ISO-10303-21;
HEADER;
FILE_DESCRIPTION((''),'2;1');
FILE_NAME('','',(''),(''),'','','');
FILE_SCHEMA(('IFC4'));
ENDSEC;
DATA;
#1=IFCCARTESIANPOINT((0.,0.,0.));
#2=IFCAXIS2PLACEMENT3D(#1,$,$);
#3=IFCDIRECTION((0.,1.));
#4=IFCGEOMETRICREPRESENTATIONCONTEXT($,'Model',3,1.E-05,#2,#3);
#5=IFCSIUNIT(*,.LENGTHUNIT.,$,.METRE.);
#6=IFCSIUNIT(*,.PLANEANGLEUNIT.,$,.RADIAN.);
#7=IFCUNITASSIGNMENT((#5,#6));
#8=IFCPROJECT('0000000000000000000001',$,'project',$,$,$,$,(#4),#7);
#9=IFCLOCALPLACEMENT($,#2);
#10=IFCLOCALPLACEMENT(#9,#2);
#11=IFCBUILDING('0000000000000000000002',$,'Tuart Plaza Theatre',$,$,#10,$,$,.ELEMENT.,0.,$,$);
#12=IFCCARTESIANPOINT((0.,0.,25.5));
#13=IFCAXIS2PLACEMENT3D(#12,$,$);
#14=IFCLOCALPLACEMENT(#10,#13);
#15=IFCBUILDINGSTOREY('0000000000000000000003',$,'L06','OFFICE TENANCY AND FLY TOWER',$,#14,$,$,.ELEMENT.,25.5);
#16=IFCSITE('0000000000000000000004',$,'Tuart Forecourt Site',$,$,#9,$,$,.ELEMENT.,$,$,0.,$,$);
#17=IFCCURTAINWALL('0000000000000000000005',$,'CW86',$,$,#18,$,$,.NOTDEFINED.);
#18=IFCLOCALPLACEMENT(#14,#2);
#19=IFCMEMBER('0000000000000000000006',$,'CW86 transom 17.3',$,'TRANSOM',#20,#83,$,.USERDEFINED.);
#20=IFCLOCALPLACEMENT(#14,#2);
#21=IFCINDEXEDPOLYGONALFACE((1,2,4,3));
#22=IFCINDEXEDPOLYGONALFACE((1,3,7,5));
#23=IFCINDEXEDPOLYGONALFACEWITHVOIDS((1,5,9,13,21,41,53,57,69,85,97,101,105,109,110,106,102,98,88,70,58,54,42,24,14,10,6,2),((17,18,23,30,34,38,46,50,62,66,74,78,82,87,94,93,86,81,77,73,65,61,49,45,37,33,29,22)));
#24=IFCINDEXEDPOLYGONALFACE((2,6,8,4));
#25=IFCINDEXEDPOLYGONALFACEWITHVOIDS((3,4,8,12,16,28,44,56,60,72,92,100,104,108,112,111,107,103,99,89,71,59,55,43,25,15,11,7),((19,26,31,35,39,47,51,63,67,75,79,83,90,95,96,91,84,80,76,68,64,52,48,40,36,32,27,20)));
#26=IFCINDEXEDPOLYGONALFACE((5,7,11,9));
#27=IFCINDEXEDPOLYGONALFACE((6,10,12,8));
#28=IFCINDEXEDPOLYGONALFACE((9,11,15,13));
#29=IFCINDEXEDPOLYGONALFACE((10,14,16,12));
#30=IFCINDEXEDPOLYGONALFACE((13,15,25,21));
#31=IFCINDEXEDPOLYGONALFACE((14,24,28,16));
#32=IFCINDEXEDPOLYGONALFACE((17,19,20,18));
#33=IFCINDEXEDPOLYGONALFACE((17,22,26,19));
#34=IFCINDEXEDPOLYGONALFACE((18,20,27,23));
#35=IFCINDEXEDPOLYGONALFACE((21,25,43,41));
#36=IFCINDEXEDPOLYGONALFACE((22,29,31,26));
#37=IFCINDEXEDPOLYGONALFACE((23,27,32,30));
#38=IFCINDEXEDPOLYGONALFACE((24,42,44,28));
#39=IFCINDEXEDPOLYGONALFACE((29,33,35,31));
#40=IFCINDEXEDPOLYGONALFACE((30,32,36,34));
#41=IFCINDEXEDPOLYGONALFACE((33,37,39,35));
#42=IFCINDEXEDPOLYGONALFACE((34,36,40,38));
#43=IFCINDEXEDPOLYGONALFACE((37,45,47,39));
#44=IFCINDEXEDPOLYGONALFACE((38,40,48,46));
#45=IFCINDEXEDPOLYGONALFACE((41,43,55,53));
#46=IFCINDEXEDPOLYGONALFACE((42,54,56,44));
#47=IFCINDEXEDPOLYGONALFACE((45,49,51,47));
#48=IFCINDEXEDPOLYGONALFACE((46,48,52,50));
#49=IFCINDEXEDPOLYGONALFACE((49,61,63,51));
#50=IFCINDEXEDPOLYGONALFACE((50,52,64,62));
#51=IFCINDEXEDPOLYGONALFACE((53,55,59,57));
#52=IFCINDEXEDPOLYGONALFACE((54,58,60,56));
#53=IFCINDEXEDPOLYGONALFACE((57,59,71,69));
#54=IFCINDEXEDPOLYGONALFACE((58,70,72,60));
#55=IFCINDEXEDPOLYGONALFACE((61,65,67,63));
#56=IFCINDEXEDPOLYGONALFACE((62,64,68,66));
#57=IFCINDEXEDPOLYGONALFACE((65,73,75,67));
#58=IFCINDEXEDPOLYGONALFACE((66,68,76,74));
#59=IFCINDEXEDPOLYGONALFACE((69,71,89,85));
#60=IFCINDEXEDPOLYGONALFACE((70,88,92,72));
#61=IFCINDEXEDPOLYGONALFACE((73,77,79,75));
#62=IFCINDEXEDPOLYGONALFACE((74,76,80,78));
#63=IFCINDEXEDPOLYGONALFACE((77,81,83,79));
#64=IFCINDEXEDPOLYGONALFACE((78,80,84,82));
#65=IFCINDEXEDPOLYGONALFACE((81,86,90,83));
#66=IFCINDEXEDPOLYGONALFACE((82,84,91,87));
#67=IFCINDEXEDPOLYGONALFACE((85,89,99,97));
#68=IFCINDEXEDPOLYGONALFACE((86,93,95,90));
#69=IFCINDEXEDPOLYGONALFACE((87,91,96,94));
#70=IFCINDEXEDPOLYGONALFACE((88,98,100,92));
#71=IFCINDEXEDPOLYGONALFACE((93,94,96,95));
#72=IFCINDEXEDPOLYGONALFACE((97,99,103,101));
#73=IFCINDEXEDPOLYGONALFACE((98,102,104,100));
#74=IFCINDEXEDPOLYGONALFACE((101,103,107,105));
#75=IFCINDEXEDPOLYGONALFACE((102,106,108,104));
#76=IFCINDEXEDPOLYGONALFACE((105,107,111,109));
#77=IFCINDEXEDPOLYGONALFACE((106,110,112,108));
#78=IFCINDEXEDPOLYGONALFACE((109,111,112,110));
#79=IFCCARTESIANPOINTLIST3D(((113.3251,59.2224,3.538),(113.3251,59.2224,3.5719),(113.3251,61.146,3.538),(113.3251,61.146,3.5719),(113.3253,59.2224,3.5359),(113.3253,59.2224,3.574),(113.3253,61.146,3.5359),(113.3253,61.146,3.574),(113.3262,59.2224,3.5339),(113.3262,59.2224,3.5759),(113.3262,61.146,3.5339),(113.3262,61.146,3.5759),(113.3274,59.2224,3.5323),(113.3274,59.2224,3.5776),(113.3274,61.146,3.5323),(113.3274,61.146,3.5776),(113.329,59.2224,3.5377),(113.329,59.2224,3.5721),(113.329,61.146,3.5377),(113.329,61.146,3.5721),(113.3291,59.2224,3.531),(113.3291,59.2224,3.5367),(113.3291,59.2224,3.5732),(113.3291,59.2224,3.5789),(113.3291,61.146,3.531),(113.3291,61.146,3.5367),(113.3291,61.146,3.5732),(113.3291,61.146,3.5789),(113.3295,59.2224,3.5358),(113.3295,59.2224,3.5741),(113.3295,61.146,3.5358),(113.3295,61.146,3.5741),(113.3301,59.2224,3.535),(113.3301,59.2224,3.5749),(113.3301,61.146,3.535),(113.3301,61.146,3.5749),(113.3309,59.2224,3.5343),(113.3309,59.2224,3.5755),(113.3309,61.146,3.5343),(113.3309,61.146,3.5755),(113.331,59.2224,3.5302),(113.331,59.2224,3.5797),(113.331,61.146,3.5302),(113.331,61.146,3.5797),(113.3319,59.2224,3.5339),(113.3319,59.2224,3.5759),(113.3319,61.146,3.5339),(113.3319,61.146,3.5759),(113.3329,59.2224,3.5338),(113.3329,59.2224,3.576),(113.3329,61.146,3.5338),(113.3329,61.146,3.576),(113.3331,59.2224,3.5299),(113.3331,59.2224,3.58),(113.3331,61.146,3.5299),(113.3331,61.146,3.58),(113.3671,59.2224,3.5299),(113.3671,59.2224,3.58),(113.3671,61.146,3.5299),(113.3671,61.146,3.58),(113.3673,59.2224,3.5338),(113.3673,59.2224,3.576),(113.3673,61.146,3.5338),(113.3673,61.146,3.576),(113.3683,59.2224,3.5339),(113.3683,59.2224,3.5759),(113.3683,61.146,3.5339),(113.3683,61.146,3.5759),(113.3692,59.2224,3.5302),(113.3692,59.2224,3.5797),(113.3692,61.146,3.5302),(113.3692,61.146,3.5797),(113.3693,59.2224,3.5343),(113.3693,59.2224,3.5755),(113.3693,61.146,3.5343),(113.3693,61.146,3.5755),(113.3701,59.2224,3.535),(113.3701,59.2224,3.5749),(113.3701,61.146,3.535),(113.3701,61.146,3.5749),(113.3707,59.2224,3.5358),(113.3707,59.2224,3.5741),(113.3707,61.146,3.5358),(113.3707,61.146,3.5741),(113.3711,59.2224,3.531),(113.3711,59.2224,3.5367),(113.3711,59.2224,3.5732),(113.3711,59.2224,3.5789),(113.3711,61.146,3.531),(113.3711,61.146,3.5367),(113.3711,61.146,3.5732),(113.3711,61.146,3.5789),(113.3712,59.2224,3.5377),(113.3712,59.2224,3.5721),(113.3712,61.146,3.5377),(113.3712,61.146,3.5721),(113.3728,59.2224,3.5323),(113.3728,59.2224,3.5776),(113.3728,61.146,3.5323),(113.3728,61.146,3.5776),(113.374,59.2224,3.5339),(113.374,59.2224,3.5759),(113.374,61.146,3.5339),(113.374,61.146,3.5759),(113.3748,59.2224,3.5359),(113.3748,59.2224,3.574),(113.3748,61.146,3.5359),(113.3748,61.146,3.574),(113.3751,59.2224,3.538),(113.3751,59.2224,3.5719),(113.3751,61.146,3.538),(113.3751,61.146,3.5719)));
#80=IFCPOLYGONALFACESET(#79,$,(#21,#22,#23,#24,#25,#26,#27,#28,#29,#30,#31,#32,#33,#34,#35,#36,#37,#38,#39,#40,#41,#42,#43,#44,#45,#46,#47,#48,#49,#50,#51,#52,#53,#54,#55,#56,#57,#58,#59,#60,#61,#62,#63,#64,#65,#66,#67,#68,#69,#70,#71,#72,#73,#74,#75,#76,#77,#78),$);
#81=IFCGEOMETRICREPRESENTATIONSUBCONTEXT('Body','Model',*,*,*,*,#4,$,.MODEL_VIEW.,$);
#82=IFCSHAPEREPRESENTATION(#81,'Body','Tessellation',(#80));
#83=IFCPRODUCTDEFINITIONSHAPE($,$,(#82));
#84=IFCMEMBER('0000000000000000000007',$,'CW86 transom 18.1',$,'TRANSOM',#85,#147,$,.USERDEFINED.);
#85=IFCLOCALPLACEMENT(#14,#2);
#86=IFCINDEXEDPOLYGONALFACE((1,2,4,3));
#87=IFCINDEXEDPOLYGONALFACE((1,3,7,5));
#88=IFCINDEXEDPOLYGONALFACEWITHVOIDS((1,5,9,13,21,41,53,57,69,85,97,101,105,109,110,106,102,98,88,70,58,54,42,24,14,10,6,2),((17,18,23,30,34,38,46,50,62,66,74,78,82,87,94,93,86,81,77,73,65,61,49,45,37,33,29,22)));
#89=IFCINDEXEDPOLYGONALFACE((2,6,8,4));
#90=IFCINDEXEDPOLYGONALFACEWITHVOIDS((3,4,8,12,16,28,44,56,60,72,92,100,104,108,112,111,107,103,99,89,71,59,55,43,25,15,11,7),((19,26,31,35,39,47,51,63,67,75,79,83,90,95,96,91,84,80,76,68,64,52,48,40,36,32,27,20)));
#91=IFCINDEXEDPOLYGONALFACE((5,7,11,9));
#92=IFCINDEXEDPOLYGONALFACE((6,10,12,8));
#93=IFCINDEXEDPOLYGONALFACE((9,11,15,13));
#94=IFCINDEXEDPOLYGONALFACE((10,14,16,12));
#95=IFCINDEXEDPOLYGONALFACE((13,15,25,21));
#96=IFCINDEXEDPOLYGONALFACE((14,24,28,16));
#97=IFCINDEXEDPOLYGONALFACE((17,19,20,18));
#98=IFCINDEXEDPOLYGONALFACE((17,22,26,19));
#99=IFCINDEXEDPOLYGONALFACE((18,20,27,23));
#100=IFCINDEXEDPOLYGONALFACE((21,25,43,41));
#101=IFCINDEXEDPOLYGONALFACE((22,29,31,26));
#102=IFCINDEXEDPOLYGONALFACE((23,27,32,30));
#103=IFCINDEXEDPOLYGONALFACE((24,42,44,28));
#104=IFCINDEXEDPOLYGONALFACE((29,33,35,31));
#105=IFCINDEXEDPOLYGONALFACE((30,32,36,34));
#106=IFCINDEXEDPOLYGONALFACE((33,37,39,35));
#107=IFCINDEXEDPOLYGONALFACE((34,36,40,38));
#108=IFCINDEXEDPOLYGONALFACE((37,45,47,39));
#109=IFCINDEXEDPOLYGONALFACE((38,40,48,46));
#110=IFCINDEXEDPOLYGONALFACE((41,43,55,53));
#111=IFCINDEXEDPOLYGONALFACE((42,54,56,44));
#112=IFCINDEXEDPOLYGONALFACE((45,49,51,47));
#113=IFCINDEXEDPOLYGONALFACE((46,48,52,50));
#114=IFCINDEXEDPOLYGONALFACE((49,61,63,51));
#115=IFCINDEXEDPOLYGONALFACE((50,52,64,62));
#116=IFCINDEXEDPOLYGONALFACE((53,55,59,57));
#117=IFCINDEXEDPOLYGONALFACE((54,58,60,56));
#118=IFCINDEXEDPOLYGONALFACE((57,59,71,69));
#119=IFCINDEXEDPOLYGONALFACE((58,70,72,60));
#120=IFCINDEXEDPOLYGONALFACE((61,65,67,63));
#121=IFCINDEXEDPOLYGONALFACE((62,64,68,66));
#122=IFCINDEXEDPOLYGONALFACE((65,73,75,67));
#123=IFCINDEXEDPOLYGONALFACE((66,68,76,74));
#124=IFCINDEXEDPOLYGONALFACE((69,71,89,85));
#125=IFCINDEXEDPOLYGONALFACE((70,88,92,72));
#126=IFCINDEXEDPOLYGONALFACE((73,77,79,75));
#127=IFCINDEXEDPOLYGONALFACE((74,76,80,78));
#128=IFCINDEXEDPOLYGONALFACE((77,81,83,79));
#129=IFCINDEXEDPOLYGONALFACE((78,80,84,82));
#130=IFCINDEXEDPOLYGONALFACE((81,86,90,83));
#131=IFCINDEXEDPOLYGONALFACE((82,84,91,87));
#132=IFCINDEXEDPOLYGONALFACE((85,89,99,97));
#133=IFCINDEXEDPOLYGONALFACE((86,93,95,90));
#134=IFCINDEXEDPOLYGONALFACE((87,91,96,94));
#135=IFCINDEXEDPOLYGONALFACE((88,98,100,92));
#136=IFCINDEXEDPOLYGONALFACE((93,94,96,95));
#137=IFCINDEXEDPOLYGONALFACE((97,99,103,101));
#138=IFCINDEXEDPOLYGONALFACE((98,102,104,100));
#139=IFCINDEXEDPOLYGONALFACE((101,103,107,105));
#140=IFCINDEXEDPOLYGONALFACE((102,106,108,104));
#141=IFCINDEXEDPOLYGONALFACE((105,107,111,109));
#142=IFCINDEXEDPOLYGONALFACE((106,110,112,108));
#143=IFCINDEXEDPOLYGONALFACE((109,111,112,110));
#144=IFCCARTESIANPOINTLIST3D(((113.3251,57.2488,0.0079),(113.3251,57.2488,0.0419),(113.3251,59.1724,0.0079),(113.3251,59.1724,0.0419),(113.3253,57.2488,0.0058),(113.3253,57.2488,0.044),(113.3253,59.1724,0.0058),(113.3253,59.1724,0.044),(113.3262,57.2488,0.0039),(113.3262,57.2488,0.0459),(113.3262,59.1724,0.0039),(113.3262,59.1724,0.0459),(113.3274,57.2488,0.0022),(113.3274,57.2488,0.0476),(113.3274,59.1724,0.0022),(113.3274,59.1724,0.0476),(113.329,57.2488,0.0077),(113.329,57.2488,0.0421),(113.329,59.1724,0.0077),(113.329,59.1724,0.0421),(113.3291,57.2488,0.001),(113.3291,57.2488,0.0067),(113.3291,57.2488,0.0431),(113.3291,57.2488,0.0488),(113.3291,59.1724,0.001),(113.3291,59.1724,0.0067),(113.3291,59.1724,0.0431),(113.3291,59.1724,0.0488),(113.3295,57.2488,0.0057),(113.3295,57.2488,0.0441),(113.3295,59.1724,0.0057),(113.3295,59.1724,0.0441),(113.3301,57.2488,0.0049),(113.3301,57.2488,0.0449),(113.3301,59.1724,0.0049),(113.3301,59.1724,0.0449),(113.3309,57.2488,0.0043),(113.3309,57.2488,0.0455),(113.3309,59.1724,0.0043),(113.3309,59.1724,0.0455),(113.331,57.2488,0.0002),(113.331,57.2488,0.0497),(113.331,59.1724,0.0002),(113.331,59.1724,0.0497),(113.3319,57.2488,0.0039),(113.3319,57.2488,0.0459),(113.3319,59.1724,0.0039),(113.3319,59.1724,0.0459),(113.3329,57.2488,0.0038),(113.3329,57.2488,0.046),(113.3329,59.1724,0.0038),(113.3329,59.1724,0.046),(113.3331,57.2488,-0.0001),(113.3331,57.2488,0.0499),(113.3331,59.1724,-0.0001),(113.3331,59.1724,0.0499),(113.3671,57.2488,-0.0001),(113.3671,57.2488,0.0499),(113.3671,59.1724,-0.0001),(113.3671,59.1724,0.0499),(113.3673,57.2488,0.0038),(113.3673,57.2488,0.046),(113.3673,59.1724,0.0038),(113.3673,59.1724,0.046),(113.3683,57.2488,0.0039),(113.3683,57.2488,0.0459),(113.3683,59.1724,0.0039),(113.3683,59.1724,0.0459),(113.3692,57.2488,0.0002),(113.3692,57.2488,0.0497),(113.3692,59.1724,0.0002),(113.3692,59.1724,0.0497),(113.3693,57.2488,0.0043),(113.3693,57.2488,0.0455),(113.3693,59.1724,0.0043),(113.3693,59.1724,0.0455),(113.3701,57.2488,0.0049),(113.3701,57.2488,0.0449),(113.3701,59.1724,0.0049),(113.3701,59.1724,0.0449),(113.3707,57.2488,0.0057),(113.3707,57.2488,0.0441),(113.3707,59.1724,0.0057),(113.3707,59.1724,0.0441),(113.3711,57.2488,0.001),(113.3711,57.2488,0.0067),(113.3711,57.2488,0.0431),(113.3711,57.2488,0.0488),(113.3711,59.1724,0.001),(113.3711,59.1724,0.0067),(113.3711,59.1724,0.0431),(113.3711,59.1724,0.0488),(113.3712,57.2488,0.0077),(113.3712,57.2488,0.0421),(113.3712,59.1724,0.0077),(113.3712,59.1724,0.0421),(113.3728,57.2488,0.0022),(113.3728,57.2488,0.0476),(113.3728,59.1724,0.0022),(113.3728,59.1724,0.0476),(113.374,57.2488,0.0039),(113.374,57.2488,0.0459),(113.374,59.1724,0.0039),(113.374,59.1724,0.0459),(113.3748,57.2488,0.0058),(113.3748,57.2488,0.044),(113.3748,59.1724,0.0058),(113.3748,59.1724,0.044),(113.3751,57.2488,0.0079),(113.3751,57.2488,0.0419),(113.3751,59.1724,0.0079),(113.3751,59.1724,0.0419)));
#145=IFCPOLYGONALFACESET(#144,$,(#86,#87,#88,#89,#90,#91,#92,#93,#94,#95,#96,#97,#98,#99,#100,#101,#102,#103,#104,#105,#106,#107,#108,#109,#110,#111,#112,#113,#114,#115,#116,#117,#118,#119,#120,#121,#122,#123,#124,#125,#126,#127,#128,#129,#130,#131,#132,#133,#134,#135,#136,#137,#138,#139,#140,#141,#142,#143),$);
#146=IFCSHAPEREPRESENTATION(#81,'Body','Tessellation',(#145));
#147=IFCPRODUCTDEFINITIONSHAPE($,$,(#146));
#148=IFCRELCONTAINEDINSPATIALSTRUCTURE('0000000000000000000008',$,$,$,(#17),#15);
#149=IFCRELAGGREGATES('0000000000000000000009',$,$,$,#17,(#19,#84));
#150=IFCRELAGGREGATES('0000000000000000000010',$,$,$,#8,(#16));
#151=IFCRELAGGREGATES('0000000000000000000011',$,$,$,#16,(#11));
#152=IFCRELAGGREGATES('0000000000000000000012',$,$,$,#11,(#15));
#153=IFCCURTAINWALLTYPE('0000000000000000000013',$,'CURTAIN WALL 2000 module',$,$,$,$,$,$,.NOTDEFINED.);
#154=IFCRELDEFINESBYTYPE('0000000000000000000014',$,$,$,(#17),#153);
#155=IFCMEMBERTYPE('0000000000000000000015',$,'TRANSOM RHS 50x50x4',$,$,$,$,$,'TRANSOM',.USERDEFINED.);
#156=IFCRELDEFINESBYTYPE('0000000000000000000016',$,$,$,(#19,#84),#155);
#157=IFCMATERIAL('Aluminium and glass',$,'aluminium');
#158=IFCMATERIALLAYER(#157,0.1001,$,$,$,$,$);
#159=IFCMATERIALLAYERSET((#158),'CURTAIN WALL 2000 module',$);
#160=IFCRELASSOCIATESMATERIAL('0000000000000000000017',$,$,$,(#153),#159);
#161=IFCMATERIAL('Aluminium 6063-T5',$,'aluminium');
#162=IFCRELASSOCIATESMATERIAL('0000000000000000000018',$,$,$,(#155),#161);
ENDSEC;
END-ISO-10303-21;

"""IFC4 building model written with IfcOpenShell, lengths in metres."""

from ifc_helpers import new_model, si_unit, direction, frame, origin, origin_2d, place, context, subcontext, project, spatial, hollow_rectangle, extrude, material, layer, layer_set, material_profile, profile_set, type_object, element, aggregate, save


model = new_model("IFC4")

# Units and contexts
model_context = context("Model", 3, precision=1e-05, world=origin(), true_north=direction((0.0, 1.0)))
body_context = subcontext(model_context, "Body", "Model", "MODEL_VIEW")
ifc_project = project(units=[si_unit("LENGTHUNIT", "METRE"), si_unit("PLANEANGLEUNIT", "RADIAN")], contexts=[model_context])

# Site, building, storey
site_placement = place(None, origin())
site = spatial("IfcSite", under=ifc_project, at=site_placement, Name="Tuart Forecourt Site", CompositionType="ELEMENT", RefElevation=0.0)
building_placement = place(site_placement, origin())
building = spatial("IfcBuilding", under=site, at=building_placement, Name="Tuart Plaza Theatre", CompositionType="ELEMENT", ElevationOfRefHeight=0.0)
storey_placement = place(building_placement, frame((0.0, 0.0, 25.5)))
storey = spatial("IfcBuildingStorey", under=building, at=storey_placement, Name="L06", Description="OFFICE TENANCY AND FLY TOWER", CompositionType="ELEMENT", Elevation=25.5)

# Curtain wall, members
ifc_material_1 = material(Name="Aluminium and glass", Category="aluminium")
ifc_layer_1 = layer(ifc_material_1, 0.1001)
ifc_layer_set_1 = layer_set([ifc_layer_1], Name="CURTAIN WALL 2000 module")
curtain_wall_type = type_object("IfcCurtainWallType", Name="CURTAIN WALL 2000 module", PredefinedType="NOTDEFINED", material=ifc_layer_set_1)
curtain_wall_placement = place(storey_placement, origin())
curtain_wall = element("IfcCurtainWall", 1, at=curtain_wall_placement, inside=storey, type_object=curtain_wall_type, Name="CW86", PredefinedType="NOTDEFINED")
ifc_material_2 = material(Name="Aluminium 6063-T5", Category="aluminium")
ifc_material_profile_1 = material_profile(ifc_material_2, hollow_rectangle(XDim=0.05, YDim=0.05, WallThickness=0.0039, InnerFilletRadius=0.0039, OuterFilletRadius=0.0081, at=origin_2d()), Name="RHS 50x50x4")
ifc_profile_set_1 = profile_set([ifc_material_profile_1], Name="Aluminium 6063-T5")
member_type = type_object("IfcMemberType", Name="TRANSOM RHS 50x50x4", ElementType="TRANSOM", PredefinedType="USERDEFINED", material=ifc_profile_set_1)
member_1_placement = place(storey_placement, frame((113.3501, 61.146, 3.5549), z_axis=(0.0, -1.0, 0.0), x_axis=(1.0, 0.0, 0.0)))
member_1 = element("IfcMember", 2, at=member_1_placement, type_object=member_type, Name="CW86 transom 17.3", ObjectType="TRANSOM", PredefinedType="USERDEFINED", context=body_context, shape_type="SweptSolid", body=[
    extrude(hollow_rectangle(XDim=0.05, YDim=0.05, WallThickness=0.0039, InnerFilletRadius=0.0039, OuterFilletRadius=0.0081, at=origin_2d()), origin(), (0.0, 0.0, 1.0), 1.9236),
])
member_2_placement = place(storey_placement, frame((113.3501, 59.1724, 0.0249), z_axis=(0.0, -1.0, 0.0), x_axis=(1.0, 0.0, 0.0)))
member_2 = element("IfcMember", 3, at=member_2_placement, type_object=member_type, Name="CW86 transom 18.1", ObjectType="TRANSOM", PredefinedType="USERDEFINED", context=body_context, shape_type="SweptSolid", body=[
    extrude(hollow_rectangle(XDim=0.05, YDim=0.05, WallThickness=0.0039, InnerFilletRadius=0.0039, OuterFilletRadius=0.0081, at=origin_2d()), origin(), (0.0, 0.0, 1.0), 1.9236),
])
aggregate(curtain_wall, [member_1, member_2])

save(model, "model.ifc")
